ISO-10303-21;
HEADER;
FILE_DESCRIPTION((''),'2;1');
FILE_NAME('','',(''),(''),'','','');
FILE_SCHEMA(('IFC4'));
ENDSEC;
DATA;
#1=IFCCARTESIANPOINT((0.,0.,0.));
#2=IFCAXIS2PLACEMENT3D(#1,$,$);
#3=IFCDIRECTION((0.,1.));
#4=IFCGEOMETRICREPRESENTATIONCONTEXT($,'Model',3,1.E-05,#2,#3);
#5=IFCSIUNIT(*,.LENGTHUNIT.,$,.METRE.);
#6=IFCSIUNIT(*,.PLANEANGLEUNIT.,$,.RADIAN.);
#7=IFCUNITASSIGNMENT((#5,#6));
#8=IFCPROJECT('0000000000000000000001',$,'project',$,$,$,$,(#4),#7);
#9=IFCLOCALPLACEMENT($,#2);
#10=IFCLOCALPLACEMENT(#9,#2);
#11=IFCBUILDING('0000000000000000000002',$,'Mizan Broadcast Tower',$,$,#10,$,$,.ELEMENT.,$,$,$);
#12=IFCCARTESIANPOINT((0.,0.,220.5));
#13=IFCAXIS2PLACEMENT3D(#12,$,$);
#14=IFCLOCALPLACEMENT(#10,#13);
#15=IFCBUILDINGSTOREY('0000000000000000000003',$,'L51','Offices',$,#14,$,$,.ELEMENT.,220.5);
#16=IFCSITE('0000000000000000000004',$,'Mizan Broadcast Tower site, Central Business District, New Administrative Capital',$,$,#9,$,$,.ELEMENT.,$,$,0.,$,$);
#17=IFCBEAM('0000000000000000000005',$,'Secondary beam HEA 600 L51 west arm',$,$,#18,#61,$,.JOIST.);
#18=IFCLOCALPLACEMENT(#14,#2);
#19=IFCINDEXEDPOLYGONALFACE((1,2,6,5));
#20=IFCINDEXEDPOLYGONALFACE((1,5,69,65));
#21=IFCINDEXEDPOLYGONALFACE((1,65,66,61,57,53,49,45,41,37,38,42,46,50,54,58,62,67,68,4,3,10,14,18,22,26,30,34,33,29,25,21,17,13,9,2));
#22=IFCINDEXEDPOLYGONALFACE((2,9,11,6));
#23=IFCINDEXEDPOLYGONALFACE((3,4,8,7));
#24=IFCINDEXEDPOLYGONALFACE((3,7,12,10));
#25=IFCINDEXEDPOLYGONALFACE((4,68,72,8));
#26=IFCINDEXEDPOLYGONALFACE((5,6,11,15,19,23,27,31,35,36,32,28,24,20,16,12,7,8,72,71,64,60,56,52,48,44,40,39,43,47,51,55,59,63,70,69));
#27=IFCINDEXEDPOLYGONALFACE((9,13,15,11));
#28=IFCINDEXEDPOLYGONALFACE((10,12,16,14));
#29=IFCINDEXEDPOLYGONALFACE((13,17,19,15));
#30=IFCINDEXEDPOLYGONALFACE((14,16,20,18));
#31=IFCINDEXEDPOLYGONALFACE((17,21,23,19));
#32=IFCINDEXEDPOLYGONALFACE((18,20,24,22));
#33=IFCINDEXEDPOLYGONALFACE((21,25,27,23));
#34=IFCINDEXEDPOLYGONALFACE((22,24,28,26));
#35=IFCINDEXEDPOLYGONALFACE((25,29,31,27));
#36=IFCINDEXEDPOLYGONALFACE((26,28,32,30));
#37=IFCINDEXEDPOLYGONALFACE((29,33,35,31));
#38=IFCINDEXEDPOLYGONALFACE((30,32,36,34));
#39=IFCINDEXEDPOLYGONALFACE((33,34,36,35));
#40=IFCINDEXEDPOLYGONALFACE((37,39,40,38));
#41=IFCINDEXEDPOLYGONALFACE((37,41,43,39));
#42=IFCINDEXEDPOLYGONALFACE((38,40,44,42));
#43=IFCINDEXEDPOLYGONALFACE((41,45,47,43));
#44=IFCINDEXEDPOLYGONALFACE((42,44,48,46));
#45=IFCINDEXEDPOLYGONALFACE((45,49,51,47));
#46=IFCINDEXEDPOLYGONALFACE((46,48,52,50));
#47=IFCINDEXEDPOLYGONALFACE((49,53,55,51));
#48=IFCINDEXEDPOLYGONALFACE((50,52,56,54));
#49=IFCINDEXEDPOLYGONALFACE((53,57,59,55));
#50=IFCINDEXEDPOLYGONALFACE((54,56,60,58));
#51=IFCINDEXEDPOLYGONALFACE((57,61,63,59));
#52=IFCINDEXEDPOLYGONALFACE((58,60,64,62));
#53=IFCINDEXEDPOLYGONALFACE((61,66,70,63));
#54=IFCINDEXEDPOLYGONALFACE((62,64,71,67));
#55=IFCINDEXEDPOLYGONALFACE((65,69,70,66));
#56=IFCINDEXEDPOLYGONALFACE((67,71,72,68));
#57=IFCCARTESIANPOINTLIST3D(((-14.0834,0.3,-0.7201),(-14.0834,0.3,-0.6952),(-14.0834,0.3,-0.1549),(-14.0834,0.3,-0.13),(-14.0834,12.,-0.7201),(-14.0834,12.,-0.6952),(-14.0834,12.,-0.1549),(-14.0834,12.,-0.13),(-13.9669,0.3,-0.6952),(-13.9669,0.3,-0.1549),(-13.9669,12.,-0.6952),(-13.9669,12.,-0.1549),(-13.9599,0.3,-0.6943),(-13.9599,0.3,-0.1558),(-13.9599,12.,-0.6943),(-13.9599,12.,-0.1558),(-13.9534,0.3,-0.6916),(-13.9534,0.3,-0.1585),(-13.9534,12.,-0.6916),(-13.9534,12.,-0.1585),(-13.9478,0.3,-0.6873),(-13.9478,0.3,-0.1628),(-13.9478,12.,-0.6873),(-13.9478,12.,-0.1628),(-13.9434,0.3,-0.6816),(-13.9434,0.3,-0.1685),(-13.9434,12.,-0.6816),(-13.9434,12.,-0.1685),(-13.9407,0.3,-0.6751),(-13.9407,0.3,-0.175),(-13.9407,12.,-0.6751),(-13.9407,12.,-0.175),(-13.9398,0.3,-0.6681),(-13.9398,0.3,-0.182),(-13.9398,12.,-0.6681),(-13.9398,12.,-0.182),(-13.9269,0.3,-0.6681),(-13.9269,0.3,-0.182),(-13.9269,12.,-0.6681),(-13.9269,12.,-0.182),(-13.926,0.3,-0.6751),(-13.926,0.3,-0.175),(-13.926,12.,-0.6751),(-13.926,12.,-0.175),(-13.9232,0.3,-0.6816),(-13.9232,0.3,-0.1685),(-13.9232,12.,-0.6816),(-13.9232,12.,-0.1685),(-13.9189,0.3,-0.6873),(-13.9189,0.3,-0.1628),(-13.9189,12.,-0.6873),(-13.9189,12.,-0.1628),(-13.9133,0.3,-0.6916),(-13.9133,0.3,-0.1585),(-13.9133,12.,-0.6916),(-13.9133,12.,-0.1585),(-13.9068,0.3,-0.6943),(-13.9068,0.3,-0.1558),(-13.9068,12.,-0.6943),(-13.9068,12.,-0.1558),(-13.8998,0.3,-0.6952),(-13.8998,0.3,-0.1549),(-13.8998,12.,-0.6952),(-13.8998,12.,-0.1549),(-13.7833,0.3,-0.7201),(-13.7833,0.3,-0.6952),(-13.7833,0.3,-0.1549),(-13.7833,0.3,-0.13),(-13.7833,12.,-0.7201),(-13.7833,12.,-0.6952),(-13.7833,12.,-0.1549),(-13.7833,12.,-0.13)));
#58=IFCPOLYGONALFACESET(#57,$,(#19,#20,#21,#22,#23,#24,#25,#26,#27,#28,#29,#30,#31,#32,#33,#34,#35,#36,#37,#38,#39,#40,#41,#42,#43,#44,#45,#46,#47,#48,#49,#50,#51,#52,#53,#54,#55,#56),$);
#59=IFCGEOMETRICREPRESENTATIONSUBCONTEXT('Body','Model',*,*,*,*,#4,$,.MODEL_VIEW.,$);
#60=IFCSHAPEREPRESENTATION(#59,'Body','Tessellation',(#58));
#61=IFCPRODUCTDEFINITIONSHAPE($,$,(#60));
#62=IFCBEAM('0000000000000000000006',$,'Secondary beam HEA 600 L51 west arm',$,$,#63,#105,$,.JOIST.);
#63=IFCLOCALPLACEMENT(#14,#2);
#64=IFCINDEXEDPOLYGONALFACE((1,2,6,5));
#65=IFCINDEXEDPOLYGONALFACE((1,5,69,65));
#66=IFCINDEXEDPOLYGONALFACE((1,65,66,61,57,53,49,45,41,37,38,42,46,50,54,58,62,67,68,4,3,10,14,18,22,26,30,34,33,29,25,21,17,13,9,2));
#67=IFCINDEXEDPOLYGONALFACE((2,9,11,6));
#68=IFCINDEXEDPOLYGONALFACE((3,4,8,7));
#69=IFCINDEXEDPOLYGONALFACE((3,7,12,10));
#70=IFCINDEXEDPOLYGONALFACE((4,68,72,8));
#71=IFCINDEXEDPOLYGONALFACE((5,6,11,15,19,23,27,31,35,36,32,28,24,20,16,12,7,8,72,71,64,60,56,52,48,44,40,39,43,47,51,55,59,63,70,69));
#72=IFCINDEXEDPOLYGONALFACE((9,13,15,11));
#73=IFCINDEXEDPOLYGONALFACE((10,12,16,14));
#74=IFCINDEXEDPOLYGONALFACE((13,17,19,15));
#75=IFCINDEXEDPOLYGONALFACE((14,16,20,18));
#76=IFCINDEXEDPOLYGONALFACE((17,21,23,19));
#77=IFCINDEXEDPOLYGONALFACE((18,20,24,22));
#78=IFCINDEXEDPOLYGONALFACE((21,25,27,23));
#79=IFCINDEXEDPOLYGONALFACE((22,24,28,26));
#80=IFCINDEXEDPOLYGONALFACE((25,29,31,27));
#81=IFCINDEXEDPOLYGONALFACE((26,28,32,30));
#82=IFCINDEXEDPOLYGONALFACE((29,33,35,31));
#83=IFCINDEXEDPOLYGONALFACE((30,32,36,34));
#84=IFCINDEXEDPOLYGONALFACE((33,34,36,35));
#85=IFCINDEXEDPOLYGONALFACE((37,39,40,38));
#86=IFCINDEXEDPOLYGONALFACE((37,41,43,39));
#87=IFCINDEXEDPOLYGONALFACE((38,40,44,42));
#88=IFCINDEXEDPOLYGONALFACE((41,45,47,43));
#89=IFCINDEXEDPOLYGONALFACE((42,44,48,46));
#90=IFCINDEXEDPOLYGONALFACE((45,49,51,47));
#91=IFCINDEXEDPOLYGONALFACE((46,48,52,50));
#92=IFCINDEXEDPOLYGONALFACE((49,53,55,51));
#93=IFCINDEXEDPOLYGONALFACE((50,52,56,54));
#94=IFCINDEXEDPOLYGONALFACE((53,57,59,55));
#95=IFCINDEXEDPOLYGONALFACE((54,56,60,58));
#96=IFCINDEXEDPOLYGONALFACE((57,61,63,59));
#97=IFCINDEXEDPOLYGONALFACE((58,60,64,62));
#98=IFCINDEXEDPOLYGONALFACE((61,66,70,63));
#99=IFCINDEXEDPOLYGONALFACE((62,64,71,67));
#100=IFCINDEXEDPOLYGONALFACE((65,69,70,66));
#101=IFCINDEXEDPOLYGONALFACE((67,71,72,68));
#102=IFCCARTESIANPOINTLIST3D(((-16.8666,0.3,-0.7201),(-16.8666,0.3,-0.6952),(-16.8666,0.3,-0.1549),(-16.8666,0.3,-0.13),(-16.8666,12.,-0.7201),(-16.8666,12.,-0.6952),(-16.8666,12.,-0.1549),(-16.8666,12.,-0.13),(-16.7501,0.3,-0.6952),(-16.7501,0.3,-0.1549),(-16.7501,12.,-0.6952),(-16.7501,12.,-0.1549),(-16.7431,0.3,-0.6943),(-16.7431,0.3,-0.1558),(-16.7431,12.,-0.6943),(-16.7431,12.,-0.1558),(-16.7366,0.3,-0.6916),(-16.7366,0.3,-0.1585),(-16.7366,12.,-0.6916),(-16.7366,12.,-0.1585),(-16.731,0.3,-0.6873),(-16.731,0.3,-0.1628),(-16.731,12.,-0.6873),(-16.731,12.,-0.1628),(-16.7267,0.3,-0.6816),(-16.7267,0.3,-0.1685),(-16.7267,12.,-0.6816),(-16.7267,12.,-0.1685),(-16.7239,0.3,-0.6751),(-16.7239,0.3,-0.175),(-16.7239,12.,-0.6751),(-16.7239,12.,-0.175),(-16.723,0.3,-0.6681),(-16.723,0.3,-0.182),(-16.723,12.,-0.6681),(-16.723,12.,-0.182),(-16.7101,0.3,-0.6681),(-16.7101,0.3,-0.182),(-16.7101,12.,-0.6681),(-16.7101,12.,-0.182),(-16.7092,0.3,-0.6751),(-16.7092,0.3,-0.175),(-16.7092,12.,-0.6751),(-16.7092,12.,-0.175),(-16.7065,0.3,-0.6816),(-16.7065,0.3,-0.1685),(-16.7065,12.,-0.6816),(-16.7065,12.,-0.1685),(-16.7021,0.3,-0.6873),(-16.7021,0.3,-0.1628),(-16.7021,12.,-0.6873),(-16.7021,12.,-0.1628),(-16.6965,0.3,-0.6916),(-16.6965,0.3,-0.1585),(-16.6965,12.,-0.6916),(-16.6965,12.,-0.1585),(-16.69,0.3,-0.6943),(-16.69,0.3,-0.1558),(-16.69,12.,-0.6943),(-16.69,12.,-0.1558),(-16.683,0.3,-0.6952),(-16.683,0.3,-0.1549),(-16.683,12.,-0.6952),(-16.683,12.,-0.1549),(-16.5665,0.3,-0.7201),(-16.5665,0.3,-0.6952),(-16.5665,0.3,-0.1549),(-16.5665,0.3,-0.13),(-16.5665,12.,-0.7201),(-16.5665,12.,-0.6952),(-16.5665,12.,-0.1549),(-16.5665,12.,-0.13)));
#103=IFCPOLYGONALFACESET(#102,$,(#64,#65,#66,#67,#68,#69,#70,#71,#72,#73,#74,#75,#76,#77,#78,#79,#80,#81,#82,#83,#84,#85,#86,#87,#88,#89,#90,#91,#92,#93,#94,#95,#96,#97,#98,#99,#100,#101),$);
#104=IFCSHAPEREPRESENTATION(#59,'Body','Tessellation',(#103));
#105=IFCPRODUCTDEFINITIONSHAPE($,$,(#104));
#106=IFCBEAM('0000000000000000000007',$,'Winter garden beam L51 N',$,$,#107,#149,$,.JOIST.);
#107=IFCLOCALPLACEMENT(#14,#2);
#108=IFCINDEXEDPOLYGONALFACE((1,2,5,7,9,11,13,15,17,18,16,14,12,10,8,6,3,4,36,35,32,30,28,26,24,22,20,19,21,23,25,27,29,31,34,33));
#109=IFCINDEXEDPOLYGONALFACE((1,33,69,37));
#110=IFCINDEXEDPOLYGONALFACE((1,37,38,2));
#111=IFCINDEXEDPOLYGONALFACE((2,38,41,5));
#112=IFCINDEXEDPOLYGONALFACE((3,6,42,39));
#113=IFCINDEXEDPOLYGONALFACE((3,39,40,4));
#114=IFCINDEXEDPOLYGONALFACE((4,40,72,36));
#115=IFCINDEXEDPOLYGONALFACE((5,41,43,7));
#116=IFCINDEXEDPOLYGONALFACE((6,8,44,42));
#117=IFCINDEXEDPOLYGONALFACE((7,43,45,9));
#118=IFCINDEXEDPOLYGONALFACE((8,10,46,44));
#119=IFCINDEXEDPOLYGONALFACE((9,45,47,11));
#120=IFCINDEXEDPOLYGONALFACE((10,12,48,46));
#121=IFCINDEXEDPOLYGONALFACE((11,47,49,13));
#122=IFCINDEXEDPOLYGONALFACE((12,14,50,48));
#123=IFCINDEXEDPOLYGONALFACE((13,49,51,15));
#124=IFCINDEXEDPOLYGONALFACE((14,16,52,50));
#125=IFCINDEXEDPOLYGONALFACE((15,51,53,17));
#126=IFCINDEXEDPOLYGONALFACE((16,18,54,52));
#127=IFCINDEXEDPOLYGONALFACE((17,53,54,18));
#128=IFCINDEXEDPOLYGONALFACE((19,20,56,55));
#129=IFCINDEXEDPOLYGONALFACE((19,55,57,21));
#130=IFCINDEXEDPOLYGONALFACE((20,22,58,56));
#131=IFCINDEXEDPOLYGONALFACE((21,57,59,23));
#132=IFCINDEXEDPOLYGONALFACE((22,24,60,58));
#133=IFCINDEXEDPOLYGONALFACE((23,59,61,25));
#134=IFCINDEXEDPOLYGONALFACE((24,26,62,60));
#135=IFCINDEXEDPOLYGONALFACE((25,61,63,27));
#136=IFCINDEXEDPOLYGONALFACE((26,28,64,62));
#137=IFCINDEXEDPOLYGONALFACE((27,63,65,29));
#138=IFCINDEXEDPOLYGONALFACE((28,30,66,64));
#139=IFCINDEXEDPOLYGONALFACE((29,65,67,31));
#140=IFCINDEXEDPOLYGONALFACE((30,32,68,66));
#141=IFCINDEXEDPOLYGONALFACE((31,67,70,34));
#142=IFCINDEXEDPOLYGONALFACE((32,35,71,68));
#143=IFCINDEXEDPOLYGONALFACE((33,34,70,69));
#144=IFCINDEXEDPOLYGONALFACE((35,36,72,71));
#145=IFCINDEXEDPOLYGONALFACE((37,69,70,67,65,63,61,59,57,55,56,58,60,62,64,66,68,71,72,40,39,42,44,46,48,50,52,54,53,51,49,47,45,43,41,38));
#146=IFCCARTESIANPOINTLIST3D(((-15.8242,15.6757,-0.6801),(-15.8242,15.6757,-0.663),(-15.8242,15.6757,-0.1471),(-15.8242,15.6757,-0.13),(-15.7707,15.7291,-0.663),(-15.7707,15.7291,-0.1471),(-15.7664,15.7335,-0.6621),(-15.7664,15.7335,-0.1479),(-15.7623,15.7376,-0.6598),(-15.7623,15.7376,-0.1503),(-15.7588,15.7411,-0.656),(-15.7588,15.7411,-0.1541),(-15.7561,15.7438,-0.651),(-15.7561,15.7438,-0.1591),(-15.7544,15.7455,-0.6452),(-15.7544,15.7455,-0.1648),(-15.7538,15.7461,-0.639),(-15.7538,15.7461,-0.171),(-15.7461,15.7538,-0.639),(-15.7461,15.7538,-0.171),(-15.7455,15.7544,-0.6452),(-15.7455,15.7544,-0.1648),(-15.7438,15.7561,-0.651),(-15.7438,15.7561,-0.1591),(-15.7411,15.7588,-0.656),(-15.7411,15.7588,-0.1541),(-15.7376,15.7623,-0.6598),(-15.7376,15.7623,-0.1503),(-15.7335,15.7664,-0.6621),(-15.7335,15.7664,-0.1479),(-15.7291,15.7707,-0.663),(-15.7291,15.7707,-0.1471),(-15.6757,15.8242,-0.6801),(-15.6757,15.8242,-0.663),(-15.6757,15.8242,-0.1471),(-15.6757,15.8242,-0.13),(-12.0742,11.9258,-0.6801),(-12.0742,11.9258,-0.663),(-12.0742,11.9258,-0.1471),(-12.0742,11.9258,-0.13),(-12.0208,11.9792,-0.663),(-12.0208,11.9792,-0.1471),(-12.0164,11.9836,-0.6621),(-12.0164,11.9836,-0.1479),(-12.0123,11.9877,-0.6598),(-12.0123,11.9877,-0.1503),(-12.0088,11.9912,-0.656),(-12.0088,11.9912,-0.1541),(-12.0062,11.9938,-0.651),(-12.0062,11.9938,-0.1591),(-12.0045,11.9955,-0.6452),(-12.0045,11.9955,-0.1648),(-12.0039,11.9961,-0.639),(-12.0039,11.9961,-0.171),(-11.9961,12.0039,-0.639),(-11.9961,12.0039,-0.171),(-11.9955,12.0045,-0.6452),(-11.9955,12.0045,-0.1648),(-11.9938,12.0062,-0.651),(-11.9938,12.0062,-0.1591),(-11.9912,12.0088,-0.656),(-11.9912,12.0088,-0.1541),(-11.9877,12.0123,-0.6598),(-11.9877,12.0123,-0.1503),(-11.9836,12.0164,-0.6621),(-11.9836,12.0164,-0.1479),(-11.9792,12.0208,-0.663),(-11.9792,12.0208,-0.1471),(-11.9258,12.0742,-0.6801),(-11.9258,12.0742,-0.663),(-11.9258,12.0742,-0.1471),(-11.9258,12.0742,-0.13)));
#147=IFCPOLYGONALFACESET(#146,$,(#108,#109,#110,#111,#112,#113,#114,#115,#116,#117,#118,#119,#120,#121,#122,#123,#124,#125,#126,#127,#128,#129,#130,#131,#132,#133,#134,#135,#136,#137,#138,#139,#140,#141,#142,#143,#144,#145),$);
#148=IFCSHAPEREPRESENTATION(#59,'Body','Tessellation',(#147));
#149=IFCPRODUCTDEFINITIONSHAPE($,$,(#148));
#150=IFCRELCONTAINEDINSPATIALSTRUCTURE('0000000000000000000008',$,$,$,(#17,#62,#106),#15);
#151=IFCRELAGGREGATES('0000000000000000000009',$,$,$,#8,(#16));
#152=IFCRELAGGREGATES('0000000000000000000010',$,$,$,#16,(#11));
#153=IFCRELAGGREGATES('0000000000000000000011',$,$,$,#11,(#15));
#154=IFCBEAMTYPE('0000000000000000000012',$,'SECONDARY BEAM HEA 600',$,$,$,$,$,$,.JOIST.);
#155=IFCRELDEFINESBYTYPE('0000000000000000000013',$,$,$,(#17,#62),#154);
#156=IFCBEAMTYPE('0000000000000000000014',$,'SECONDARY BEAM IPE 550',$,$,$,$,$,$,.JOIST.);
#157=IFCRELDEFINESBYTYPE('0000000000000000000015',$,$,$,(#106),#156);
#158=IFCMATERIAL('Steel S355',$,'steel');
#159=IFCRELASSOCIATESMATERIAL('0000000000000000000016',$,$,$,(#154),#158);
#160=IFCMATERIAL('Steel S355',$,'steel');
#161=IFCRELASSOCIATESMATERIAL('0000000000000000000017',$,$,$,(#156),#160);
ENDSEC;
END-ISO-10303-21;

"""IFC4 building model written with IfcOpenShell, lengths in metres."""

from ifc_helpers import new_model, si_unit, direction, frame, origin, origin_2d, place, context, subcontext, project, spatial, i_section, extrude, material, material_profile, profile_set, type_object, element, save


model = new_model("IFC4")

# Units and contexts
model_context = context("Model", 3, precision=1e-05, world=origin(), true_north=direction((0.0, 1.0)))
body_context = subcontext(model_context, "Body", "Model", "MODEL_VIEW")
ifc_project = project(units=[si_unit("LENGTHUNIT", "METRE"), si_unit("PLANEANGLEUNIT", "RADIAN")], contexts=[model_context])

# Site, building, storey
site_placement = place(None, origin())
site = spatial("IfcSite", under=ifc_project, at=site_placement, Name="Mizan Broadcast Tower site, Central Business District, New Administrative Capital", CompositionType="ELEMENT", RefElevation=0.0)
building_placement = place(site_placement, origin())
building = spatial("IfcBuilding", under=site, at=building_placement, Name="Mizan Broadcast Tower", CompositionType="ELEMENT")
storey_placement = place(building_placement, frame((0.0, 0.0, 220.5)))
storey = spatial("IfcBuildingStorey", under=building, at=storey_placement, Name="L51", Description="Offices", CompositionType="ELEMENT", Elevation=220.5)

# Beams
ifc_material_1 = material(Name="Steel S355", Category="steel")
ifc_material_profile_1 = material_profile(ifc_material_1, i_section(OverallWidth=0.3, OverallDepth=0.5901, WebThickness=0.0129, FlangeThickness=0.0249, FilletRadius=0.0271, at=origin_2d()), Name="HEA 600")
ifc_profile_set_1 = profile_set([ifc_material_profile_1], Name="Steel S355")
beam_type_1 = type_object("IfcBeamType", Name="SECONDARY BEAM HEA 600", PredefinedType="JOIST", material=ifc_profile_set_1)
for number, where, z_axis, x_axis, name in (
    (1, (-13.9333, 12.0, -0.425), (0.0, -1.0, 0.0), (1.0, 0.0, 0.0), "Secondary beam HEA 600 L51 west arm"),
    (2, (-16.7166, 12.0, -0.425), (0.0, -1.0, 0.0), (1.0, 0.0, 0.0), "Secondary beam HEA 600 L51 west arm"),
):
    element("IfcBeam", number, at=place(storey_placement, frame(where, z_axis=z_axis, x_axis=x_axis)), inside=storey, type_object=beam_type_1, Name=name, PredefinedType="JOIST", context=body_context, shape_type="SweptSolid", body=[
        extrude(i_section(OverallWidth=0.3, OverallDepth=0.5901, WebThickness=0.0129, FlangeThickness=0.0249, FilletRadius=0.0271, at=origin_2d()), origin(), (0.0, 0.0, 1.0), 11.7),
    ])
ifc_material_2 = material(Name="Steel S355", Category="steel")
ifc_material_profile_2 = material_profile(ifc_material_2, i_section(OverallWidth=0.21, OverallDepth=0.55, WebThickness=0.011, FlangeThickness=0.0171, FilletRadius=0.0239, at=origin_2d()), Name="IPE 550")
ifc_profile_set_2 = profile_set([ifc_material_profile_2], Name="Steel S355")
beam_type_2 = type_object("IfcBeamType", Name="SECONDARY BEAM IPE 550", PredefinedType="JOIST", material=ifc_profile_set_2)
beam_1_placement = place(storey_placement, frame((-12.0, 12.0, -0.405), z_axis=(-0.707107, 0.707107, 0.0), x_axis=(-0.707107, -0.707107, 0.0)))
element("IfcBeam", 3, at=beam_1_placement, inside=storey, type_object=beam_type_2, Name="Winter garden beam L51 N", PredefinedType="JOIST", context=body_context, shape_type="SweptSolid", body=[
    extrude(i_section(OverallWidth=0.21, OverallDepth=0.55, WebThickness=0.011, FlangeThickness=0.0171, FilletRadius=0.0239, at=origin_2d()), origin(), (0.0, 0.0, 1.0), 5.3032),
])

save(model, "model.ifc")
